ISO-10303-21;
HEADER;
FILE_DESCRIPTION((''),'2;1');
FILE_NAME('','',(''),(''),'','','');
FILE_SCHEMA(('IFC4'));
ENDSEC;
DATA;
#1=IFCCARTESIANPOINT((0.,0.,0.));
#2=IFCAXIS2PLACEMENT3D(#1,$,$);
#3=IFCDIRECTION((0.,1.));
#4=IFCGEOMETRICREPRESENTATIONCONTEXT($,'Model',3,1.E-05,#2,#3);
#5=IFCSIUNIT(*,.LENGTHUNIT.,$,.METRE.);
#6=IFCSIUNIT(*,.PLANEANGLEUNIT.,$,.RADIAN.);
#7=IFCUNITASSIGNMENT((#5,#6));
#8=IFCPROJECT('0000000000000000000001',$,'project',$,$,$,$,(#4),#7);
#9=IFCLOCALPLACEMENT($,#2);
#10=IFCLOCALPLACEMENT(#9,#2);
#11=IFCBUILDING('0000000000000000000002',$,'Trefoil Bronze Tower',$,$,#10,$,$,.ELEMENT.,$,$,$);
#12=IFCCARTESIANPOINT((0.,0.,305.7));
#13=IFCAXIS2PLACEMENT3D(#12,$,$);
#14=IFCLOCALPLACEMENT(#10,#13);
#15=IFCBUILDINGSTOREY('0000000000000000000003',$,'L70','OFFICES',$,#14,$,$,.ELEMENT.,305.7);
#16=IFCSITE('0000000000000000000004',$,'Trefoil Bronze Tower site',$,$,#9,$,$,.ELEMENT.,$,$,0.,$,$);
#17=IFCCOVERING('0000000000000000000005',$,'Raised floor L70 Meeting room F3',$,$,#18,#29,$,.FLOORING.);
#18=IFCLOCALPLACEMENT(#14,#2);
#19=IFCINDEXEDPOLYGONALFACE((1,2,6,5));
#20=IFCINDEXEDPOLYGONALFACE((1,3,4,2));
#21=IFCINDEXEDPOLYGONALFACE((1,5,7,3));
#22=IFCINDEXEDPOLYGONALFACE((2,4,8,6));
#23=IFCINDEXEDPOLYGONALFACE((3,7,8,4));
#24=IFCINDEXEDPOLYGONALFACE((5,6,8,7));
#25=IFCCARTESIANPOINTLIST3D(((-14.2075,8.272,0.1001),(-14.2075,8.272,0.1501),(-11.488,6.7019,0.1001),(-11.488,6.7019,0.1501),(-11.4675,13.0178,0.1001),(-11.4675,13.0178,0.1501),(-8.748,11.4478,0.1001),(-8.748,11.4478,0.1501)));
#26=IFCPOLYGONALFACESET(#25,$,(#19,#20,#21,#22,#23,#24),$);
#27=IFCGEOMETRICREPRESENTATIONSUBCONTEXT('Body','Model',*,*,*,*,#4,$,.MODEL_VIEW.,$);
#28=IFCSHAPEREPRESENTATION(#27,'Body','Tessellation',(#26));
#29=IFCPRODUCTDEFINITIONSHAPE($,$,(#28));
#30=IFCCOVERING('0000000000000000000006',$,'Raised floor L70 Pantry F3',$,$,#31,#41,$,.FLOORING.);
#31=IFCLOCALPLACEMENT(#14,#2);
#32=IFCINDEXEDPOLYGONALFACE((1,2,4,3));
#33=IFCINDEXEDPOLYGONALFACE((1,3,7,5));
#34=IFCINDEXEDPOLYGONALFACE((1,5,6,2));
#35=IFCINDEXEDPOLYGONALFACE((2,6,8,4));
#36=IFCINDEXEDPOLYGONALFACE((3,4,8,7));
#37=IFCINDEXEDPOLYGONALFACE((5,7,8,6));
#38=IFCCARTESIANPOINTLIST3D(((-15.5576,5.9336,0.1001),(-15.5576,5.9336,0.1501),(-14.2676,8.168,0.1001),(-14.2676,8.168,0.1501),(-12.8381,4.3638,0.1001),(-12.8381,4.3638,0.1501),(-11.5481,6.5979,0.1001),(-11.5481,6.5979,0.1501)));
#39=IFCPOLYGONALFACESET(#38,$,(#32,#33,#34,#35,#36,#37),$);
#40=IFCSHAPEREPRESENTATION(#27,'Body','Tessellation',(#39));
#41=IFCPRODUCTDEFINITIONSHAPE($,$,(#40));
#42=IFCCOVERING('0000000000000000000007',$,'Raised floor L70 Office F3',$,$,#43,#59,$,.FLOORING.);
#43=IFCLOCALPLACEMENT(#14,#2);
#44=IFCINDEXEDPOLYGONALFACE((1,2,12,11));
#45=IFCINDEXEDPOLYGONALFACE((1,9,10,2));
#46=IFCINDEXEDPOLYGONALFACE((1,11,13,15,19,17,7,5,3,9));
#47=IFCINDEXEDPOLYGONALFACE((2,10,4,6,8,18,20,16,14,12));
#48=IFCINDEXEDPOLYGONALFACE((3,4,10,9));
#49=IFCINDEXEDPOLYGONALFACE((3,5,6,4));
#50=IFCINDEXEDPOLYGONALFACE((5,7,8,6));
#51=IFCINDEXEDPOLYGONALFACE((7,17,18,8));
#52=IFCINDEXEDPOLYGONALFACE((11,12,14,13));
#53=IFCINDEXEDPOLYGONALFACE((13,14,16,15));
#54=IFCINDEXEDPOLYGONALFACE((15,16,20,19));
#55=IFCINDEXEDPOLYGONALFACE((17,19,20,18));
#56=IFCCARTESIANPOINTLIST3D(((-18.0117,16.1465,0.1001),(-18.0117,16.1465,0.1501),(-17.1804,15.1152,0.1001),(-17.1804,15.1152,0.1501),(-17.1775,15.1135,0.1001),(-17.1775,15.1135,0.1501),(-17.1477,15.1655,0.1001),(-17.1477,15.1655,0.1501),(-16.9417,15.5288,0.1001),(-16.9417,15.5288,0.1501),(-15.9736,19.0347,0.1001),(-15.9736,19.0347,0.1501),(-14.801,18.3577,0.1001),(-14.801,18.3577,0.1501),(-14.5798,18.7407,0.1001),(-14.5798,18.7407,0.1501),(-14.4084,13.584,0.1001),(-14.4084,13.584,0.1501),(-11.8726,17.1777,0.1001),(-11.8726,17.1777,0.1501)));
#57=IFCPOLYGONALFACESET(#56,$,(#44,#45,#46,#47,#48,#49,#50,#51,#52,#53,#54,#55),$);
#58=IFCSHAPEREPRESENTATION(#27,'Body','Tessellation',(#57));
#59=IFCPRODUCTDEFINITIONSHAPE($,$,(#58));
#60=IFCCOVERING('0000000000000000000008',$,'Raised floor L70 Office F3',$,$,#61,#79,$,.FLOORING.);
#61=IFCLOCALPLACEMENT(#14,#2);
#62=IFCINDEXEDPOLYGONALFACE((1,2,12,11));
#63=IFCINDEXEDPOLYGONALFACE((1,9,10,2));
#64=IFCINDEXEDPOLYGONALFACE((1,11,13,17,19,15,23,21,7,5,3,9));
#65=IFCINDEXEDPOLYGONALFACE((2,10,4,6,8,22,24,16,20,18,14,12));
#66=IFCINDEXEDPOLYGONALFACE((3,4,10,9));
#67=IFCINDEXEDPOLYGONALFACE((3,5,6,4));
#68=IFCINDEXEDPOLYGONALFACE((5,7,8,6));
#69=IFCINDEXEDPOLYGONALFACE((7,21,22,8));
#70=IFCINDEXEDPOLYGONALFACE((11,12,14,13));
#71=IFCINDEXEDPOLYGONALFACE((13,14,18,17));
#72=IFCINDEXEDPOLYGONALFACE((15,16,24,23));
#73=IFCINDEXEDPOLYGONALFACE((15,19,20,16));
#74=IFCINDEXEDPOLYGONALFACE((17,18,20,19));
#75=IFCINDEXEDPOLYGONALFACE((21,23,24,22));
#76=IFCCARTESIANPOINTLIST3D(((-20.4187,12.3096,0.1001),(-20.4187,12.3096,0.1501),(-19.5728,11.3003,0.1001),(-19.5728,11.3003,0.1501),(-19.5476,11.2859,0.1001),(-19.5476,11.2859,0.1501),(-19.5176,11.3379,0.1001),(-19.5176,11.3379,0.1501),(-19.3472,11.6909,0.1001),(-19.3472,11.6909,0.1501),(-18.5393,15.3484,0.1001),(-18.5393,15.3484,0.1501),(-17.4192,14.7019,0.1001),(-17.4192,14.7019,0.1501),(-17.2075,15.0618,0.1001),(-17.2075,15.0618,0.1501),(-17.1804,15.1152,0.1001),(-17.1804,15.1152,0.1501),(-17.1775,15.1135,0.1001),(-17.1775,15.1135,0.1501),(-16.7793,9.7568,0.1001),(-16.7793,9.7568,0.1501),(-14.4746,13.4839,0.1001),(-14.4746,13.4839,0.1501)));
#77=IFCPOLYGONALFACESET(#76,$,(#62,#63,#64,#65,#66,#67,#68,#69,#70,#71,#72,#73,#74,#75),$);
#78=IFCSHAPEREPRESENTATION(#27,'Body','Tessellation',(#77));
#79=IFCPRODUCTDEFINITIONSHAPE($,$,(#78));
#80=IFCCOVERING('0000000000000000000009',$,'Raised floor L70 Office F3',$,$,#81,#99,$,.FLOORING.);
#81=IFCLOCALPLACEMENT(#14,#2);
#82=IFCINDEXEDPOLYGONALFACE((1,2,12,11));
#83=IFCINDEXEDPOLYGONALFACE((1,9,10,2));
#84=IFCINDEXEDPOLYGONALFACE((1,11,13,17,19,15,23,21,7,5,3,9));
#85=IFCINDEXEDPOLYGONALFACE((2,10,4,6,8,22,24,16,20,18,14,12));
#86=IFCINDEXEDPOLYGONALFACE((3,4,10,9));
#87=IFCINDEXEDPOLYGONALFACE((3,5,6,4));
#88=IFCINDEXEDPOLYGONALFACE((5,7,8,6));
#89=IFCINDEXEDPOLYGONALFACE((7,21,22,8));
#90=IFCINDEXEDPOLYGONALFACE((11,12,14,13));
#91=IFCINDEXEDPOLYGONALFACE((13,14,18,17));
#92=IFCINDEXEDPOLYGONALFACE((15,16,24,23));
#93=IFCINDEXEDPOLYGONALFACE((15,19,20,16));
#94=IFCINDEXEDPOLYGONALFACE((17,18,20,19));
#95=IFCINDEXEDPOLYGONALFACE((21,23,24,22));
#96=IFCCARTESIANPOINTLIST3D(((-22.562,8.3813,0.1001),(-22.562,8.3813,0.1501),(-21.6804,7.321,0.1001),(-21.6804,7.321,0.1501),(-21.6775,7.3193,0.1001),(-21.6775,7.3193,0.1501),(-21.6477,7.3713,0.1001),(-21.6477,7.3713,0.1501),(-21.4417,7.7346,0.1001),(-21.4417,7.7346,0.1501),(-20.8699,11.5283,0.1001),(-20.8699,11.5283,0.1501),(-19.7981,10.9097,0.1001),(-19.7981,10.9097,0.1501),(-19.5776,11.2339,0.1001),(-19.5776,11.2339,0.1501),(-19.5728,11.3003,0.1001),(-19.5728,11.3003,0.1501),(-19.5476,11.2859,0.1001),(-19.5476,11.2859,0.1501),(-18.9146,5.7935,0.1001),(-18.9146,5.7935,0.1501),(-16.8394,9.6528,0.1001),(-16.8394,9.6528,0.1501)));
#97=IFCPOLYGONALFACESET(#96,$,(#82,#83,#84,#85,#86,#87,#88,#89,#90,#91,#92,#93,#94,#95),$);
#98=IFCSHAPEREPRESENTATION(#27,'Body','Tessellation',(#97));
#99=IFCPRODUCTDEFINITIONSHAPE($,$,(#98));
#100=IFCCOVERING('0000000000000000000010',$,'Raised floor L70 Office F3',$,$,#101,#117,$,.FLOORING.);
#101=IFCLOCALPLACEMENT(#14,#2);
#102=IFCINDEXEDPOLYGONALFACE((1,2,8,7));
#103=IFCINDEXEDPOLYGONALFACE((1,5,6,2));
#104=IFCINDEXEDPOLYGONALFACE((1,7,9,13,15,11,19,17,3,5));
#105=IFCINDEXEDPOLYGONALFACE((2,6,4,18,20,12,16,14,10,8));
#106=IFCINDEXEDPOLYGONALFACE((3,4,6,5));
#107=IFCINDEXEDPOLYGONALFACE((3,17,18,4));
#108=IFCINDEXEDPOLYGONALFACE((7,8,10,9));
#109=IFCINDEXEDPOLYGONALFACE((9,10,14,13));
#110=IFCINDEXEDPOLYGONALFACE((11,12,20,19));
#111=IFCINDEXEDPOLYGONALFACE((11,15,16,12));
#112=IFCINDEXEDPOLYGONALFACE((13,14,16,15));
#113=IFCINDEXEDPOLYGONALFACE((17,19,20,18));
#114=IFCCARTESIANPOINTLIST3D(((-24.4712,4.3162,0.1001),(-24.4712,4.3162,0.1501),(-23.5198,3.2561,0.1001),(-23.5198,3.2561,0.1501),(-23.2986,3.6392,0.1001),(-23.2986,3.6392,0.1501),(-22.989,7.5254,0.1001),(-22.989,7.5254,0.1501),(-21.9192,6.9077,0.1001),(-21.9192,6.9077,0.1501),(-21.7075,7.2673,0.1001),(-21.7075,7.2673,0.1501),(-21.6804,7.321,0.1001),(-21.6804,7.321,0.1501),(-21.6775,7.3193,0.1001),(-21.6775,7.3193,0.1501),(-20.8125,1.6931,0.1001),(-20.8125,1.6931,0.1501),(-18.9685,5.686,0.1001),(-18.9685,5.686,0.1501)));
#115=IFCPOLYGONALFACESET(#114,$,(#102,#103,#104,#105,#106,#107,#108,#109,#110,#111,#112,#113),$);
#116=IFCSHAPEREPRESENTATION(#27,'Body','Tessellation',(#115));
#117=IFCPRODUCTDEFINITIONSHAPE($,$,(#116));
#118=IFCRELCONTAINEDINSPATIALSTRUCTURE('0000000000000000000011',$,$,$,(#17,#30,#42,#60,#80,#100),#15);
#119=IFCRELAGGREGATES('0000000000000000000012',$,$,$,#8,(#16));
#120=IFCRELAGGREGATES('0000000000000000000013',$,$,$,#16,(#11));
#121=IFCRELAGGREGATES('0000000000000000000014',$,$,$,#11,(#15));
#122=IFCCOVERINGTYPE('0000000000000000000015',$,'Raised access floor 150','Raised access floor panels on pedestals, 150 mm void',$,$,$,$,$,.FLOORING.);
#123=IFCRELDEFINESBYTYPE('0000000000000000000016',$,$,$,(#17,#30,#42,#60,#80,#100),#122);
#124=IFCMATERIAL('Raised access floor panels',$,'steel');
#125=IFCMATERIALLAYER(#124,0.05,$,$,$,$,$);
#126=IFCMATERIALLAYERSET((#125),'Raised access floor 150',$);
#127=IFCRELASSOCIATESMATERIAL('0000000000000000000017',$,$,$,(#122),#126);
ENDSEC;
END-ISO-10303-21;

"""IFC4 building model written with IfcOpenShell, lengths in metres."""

from ifc_helpers import new_model, si_unit, direction, frame, origin, place, context, subcontext, project, spatial, polyline, outline, extrude, material, layer, layer_set, type_object, element, save


model = new_model("IFC4")

# Units and contexts
model_context = context("Model", 3, precision=1e-05, world=origin(), true_north=direction((0.0, 1.0)))
body_context = subcontext(model_context, "Body", "Model", "MODEL_VIEW")
ifc_project = project(units=[si_unit("LENGTHUNIT", "METRE"), si_unit("PLANEANGLEUNIT", "RADIAN")], contexts=[model_context])

# Site, building, storey
site_placement = place(None, origin())
site = spatial("IfcSite", under=ifc_project, at=site_placement, Name="Trefoil Bronze Tower site", CompositionType="ELEMENT", RefElevation=0.0)
building_placement = place(site_placement, origin())
building = spatial("IfcBuilding", under=site, at=building_placement, Name="Trefoil Bronze Tower", CompositionType="ELEMENT")
storey_placement = place(building_placement, frame((0.0, 0.0, 305.7)))
storey = spatial("IfcBuildingStorey", under=building, at=storey_placement, Name="L70", Description="OFFICES", CompositionType="ELEMENT", Elevation=305.7)

# Coverings
ifc_material_1 = material(Name="Raised access floor panels", Category="steel")
ifc_layer_1 = layer(ifc_material_1, 0.05)
ifc_layer_set_1 = layer_set([ifc_layer_1], Name="Raised access floor 150")
covering_type_1 = type_object("IfcCoveringType", Name="Raised access floor 150", Description="Raised access floor panels on pedestals, 150 mm void", PredefinedType="FLOORING", material=ifc_layer_set_1)
covering_1_placement = place(storey_placement, frame((0.0, 0.0, 0.1001)))
element("IfcCovering", 1, at=covering_1_placement, inside=storey, type_object=covering_type_1, Name="Raised floor L70 Meeting room F3", PredefinedType="FLOORING", context=body_context, shape_type="SweptSolid", body=[
    extrude(outline(polyline([(-11.488, 6.7019), (-14.2075, 8.272), (-11.4675, 13.0178), (-8.748, 11.4478), (-11.488, 6.7019)])), origin(), (0.0, 0.0, 1.0), 0.05),
])
covering_2_placement = place(storey_placement, frame((0.0, 0.0, 0.1001)))
element("IfcCovering", 2, at=covering_2_placement, inside=storey, type_object=covering_type_1, Name="Raised floor L70 Pantry F3", PredefinedType="FLOORING", context=body_context, shape_type="SweptSolid", body=[
    extrude(outline(polyline([(-12.8381, 4.3638), (-15.5576, 5.9336), (-14.2676, 8.168), (-11.5481, 6.5979), (-12.8381, 4.3638)])), origin(), (0.0, 0.0, 1.0), 0.05),
])
covering_3_placement = place(storey_placement, frame((0.0, 0.0, 0.1001)))
element("IfcCovering", 3, at=covering_3_placement, inside=storey, type_object=covering_type_1, Name="Raised floor L70 Office F3", PredefinedType="FLOORING", context=body_context, shape_type="SweptSolid", body=[
    extrude(outline(polyline([(-15.9736, 19.0347), (-14.801, 18.3577), (-14.5798, 18.7407), (-11.8726, 17.1777), (-14.4084, 13.584), (-17.1477, 15.1655), (-17.1775, 15.1135), (-17.1804, 15.1152), (-16.9417, 15.5288), (-18.0117, 16.1465), (-15.9736, 19.0347)])), origin(), (0.0, 0.0, 1.0), 0.05),
])
covering_4_placement = place(storey_placement, frame((0.0, 0.0, 0.1001)))
element("IfcCovering", 4, at=covering_4_placement, inside=storey, type_object=covering_type_1, Name="Raised floor L70 Office F3", PredefinedType="FLOORING", context=body_context, shape_type="SweptSolid", body=[
    extrude(outline(polyline([(-17.1775, 15.1135), (-17.2075, 15.0618), (-14.4746, 13.4839), (-16.7793, 9.7568), (-19.5176, 11.3379), (-19.5476, 11.2859), (-19.5728, 11.3003), (-19.3472, 11.6909), (-20.4187, 12.3096), (-18.5393, 15.3484), (-17.4192, 14.7019), (-17.1804, 15.1152), (-17.1775, 15.1135)])), origin(), (0.0, 0.0, 1.0), 0.05),
])
covering_5_placement = place(storey_placement, frame((0.0, 0.0, 0.1001)))
element("IfcCovering", 5, at=covering_5_placement, inside=storey, type_object=covering_type_1, Name="Raised floor L70 Office F3", PredefinedType="FLOORING", context=body_context, shape_type="SweptSolid", body=[
    extrude(outline(polyline([(-19.5476, 11.2859), (-19.5776, 11.2339), (-16.8394, 9.6528), (-18.9146, 5.7935), (-21.6477, 7.3713), (-21.6775, 7.3193), (-21.6804, 7.321), (-21.4417, 7.7346), (-22.562, 8.3813), (-20.8699, 11.5283), (-19.7981, 10.9097), (-19.5728, 11.3003), (-19.5476, 11.2859)])), origin(), (0.0, 0.0, 1.0), 0.05),
])
covering_6_placement = place(storey_placement, frame((0.0, 0.0, 0.1001)))
element("IfcCovering", 6, at=covering_6_placement, inside=storey, type_object=covering_type_1, Name="Raised floor L70 Office F3", PredefinedType="FLOORING", context=body_context, shape_type="SweptSolid", body=[
    extrude(outline(polyline([(-21.6775, 7.3193), (-21.7075, 7.2673), (-18.9685, 5.686), (-20.8125, 1.6931), (-23.5198, 3.2561), (-23.2986, 3.6392), (-24.4712, 4.3162), (-22.989, 7.5254), (-21.9192, 6.9077), (-21.6804, 7.321), (-21.6775, 7.3193)])), origin(), (0.0, 0.0, 1.0), 0.05),
])

save(model, "model.ifc")
